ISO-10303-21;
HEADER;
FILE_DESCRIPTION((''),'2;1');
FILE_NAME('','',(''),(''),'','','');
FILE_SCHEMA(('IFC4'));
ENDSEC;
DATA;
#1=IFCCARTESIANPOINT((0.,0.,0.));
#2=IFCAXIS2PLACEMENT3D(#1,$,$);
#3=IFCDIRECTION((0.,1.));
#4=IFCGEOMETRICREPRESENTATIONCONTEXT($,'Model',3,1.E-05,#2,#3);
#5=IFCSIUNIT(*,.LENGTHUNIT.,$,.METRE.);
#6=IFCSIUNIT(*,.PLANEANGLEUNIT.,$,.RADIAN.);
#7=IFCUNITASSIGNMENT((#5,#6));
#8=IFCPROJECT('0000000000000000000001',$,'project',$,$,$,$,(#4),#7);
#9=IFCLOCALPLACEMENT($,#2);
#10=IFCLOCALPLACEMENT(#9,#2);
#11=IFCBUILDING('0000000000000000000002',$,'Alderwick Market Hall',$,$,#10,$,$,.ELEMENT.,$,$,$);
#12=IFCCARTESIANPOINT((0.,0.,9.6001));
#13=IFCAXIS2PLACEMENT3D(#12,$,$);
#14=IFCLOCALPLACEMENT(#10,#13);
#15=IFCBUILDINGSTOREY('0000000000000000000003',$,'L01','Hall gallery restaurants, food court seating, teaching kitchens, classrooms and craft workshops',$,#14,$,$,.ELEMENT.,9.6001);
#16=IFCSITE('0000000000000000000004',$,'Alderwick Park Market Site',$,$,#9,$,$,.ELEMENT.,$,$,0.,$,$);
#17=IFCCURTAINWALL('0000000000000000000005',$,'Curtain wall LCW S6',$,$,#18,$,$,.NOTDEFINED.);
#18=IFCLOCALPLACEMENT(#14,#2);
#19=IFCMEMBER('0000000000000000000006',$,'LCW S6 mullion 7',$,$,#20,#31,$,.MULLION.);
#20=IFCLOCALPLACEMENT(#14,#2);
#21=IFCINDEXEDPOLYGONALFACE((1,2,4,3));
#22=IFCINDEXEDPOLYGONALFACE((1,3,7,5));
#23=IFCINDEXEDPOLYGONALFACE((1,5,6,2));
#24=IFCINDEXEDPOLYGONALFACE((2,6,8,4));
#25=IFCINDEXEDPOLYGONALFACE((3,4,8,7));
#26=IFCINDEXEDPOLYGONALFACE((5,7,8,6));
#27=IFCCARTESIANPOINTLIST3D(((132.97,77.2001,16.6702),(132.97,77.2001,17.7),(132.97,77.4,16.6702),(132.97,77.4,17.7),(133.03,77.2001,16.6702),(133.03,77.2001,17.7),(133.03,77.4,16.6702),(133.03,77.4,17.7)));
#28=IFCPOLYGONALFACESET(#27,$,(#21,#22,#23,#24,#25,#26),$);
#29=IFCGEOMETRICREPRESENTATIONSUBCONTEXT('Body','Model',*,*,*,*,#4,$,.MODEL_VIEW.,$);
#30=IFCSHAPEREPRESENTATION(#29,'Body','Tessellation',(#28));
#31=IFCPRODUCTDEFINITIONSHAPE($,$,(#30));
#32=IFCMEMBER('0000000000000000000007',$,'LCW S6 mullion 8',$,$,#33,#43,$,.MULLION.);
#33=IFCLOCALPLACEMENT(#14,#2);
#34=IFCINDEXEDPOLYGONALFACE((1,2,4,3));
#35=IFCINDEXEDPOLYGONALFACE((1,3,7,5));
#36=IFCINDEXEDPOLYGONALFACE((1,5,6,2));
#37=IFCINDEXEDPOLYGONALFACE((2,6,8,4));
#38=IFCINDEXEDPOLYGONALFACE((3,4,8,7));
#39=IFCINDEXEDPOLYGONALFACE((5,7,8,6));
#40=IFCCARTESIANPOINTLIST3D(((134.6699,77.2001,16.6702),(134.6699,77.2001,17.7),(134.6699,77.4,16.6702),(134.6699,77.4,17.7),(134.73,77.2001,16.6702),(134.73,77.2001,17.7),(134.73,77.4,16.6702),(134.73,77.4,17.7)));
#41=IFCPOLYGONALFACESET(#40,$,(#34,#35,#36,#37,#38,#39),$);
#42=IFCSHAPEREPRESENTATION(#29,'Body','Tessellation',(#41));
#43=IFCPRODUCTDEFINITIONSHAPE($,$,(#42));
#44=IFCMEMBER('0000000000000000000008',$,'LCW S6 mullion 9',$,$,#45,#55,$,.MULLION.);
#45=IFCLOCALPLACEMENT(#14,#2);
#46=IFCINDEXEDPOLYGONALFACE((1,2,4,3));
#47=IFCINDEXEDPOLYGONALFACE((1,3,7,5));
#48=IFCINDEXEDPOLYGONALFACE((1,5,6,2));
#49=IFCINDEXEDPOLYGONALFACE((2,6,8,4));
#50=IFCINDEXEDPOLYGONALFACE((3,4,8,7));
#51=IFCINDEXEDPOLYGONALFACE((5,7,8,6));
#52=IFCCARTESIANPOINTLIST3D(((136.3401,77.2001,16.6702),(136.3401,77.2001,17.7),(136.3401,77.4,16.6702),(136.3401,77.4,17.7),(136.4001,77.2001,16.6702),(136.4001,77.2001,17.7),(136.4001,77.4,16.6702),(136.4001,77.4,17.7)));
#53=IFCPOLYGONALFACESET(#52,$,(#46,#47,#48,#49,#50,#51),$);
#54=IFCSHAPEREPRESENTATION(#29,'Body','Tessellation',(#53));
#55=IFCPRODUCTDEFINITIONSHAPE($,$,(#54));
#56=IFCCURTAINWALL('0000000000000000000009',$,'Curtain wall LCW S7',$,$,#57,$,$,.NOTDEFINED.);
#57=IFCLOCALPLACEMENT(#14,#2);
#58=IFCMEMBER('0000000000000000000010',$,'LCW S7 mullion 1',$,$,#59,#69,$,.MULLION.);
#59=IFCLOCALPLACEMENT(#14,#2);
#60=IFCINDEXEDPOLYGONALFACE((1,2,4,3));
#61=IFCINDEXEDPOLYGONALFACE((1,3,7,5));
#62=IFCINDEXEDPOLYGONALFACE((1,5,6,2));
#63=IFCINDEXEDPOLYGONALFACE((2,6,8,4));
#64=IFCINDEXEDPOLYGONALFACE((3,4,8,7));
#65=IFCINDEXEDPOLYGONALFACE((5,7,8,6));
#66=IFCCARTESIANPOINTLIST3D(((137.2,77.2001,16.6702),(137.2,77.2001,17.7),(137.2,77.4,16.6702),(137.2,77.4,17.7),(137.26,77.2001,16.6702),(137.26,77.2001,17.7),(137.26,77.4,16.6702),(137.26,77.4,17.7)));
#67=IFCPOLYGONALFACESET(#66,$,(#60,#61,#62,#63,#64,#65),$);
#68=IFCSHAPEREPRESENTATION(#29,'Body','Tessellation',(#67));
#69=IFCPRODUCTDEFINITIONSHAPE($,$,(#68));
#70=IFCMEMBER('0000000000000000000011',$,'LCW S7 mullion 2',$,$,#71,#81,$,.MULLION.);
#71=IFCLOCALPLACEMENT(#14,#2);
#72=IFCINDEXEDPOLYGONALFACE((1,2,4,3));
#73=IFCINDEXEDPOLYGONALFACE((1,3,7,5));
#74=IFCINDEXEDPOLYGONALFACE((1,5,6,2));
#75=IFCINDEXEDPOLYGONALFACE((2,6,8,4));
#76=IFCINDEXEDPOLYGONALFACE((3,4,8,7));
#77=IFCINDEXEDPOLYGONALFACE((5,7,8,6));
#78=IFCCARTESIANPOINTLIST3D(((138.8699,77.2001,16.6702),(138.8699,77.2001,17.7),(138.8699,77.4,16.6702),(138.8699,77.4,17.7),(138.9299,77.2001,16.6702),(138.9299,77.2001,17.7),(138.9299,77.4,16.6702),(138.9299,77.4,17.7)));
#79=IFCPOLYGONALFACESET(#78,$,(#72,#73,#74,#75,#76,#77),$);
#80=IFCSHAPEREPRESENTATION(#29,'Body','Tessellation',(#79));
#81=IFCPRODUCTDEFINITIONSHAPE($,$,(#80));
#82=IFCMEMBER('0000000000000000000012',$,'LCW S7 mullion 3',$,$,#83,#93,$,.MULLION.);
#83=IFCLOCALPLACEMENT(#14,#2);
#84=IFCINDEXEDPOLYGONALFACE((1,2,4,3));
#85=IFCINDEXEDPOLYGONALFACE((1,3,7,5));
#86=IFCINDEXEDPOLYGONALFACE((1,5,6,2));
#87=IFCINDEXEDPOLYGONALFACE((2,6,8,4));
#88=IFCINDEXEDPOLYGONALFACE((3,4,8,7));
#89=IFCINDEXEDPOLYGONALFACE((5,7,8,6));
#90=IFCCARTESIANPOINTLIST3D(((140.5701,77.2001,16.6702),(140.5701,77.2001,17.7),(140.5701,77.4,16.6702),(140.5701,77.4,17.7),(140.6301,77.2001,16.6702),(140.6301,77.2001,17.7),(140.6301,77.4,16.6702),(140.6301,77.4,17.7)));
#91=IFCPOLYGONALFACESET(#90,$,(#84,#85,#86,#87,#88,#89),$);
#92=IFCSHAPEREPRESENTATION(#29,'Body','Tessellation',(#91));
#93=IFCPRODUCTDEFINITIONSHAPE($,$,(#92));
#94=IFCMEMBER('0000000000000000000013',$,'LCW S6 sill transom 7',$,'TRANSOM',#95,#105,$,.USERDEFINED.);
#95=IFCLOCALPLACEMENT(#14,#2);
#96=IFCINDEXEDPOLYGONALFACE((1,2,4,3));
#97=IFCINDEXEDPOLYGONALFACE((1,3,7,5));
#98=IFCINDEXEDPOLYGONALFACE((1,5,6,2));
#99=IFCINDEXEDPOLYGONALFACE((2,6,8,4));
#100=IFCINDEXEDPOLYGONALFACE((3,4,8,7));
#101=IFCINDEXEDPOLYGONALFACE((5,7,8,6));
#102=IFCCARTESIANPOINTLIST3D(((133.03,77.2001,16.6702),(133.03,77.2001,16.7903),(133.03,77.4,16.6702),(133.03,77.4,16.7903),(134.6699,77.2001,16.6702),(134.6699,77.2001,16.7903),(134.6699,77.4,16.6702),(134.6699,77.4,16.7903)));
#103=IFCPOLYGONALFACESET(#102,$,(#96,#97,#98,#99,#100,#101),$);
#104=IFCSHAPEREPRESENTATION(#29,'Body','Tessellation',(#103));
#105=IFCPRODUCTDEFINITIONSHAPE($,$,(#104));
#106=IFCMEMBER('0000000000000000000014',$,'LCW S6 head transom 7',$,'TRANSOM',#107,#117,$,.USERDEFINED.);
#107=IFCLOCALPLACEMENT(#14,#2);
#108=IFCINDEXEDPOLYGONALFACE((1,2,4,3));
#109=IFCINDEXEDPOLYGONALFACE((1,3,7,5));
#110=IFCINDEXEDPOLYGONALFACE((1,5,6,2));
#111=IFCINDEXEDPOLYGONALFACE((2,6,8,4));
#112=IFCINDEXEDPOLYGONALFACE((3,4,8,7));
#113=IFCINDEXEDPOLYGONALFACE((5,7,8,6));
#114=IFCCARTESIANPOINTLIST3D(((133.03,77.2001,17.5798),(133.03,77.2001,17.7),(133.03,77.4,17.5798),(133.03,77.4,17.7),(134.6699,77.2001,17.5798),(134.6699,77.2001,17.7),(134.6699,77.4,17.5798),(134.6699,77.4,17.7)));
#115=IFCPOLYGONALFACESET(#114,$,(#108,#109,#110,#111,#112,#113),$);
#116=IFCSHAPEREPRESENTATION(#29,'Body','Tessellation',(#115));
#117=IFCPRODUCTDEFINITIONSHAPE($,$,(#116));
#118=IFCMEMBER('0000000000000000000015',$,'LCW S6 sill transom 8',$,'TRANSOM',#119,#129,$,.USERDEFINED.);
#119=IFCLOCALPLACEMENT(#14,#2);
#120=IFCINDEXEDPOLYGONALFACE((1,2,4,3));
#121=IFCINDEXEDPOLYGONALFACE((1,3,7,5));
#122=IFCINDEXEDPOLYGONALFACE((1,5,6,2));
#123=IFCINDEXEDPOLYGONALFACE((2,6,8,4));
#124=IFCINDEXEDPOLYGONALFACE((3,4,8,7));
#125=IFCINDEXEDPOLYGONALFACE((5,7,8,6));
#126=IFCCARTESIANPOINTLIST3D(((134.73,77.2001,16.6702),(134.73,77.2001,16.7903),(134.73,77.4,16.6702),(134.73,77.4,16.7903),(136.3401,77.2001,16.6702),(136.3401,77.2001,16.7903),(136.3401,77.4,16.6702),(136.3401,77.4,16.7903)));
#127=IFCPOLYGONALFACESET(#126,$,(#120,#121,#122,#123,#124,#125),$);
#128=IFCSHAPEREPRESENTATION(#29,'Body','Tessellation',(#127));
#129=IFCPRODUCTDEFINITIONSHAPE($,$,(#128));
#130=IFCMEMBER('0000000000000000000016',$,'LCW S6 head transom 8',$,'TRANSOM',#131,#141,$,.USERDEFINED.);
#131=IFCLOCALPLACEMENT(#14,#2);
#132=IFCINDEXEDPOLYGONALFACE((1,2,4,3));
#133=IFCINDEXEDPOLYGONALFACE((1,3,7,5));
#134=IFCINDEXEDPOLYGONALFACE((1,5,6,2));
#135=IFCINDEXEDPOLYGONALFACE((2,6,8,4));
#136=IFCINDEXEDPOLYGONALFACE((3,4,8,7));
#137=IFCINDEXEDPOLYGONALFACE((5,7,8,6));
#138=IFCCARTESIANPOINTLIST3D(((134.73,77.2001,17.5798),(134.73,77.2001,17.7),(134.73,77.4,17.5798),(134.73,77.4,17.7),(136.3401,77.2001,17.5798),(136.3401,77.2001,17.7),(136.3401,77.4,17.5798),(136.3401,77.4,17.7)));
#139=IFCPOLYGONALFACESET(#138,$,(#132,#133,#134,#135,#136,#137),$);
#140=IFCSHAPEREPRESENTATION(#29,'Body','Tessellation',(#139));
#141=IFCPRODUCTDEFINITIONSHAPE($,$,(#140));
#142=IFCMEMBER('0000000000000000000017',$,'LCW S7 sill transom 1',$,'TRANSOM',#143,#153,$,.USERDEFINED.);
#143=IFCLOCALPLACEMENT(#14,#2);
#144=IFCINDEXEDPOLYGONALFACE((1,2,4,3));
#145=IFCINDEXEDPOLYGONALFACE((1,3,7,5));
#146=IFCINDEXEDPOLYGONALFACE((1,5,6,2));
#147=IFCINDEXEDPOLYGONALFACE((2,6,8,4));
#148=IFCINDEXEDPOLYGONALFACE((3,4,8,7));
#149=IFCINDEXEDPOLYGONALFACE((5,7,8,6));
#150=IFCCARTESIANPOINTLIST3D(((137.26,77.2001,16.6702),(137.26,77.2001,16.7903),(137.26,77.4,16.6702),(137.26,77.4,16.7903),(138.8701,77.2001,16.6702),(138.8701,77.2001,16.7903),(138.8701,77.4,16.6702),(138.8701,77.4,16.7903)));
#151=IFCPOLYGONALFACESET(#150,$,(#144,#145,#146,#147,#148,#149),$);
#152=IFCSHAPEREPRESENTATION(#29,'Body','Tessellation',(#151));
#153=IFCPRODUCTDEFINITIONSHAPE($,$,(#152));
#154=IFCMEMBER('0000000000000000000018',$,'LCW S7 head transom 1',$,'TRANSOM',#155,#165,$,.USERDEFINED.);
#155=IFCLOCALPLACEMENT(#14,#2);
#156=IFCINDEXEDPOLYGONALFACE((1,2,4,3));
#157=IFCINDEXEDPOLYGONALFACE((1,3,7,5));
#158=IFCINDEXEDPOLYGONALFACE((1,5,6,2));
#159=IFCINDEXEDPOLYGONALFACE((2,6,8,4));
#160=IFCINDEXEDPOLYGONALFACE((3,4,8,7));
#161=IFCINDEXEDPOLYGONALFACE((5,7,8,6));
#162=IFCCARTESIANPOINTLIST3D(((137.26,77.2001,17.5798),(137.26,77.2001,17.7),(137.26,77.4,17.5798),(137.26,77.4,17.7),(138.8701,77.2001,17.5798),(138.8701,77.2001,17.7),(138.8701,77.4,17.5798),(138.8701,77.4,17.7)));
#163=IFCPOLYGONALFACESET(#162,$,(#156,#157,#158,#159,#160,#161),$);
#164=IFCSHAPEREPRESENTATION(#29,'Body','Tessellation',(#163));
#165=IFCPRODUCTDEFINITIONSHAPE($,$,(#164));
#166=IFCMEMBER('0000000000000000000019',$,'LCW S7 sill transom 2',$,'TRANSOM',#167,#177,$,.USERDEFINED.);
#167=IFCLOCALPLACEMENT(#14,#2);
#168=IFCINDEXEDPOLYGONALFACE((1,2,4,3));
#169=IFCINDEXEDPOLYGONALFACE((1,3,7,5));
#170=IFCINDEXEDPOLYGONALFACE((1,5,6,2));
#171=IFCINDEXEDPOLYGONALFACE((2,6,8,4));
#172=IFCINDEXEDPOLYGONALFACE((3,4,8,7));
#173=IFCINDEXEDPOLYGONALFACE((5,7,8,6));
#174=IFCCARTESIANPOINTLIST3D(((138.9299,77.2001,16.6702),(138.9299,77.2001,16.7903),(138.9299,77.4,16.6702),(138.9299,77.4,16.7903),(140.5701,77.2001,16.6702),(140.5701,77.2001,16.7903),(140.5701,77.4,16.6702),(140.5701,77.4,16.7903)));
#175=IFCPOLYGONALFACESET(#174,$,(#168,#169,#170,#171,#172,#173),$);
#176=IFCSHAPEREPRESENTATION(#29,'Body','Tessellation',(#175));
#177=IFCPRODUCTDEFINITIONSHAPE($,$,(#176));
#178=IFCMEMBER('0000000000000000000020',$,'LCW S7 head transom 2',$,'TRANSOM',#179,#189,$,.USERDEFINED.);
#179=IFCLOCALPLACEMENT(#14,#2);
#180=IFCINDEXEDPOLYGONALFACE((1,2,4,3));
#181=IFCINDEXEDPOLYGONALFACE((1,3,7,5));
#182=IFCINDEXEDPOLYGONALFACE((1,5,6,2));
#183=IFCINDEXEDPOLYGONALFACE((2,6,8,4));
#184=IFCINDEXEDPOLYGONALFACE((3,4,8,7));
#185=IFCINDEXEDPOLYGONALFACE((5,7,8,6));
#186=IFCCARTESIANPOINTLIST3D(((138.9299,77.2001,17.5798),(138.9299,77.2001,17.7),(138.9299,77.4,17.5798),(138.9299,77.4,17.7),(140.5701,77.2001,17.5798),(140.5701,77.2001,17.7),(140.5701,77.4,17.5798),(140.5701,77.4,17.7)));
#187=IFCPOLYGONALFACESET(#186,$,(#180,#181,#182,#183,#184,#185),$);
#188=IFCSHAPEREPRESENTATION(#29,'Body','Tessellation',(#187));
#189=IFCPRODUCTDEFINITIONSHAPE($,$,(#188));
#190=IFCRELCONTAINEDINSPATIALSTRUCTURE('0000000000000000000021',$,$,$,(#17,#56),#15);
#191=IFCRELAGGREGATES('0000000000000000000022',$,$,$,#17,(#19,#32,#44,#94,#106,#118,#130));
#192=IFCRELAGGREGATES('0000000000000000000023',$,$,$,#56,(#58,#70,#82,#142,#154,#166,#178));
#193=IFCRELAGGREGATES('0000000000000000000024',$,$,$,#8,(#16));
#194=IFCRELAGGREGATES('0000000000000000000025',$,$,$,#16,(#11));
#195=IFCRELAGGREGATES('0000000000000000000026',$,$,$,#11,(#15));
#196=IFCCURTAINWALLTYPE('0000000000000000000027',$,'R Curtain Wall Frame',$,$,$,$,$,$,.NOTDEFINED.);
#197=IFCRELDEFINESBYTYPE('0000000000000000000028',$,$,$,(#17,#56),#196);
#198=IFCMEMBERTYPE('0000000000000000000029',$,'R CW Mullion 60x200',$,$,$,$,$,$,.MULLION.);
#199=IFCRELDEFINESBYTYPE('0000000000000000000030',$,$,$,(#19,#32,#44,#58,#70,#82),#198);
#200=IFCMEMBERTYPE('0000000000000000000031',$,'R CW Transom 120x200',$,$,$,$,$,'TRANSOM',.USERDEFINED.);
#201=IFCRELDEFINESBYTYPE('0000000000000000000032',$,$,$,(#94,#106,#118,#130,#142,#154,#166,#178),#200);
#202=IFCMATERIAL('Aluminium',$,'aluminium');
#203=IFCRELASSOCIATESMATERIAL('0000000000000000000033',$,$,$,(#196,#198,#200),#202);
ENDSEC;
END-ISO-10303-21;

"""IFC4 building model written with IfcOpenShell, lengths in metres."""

from ifc_helpers import new_model, si_unit, direction, frame, origin, origin_2d, place, context, subcontext, project, spatial, rectangle, extrude, material, material_profile, profile_set, type_object, element, aggregate, save


model = new_model("IFC4")

# Units and contexts
model_context = context("Model", 3, precision=1e-05, world=origin(), true_north=direction((0.0, 1.0)))
body_context = subcontext(model_context, "Body", "Model", "MODEL_VIEW")
ifc_project = project(units=[si_unit("LENGTHUNIT", "METRE"), si_unit("PLANEANGLEUNIT", "RADIAN")], contexts=[model_context])

# Site, building, storey
site_placement = place(None, origin())
site = spatial("IfcSite", under=ifc_project, at=site_placement, Name="Alderwick Park Market Site", CompositionType="ELEMENT", RefElevation=0.0)
building_placement = place(site_placement, origin())
building = spatial("IfcBuilding", under=site, at=building_placement, Name="Alderwick Market Hall", CompositionType="ELEMENT")
storey_placement = place(building_placement, frame((0.0, 0.0, 9.6001)))
storey = spatial("IfcBuildingStorey", under=building, at=storey_placement, Name="L01", Description="Hall gallery restaurants, food court seating, teaching kitchens, classrooms and craft workshops", CompositionType="ELEMENT", Elevation=9.6001)

# Curtain walls, members
ifc_material_1 = material(Name="Aluminium", Category="aluminium")
curtain_wall_type = type_object("IfcCurtainWallType", Name="R Curtain Wall Frame", PredefinedType="NOTDEFINED", material=ifc_material_1)
curtain_wall_1_placement = place(storey_placement, origin())
curtain_wall_1 = element("IfcCurtainWall", 1, at=curtain_wall_1_placement, inside=storey, type_object=curtain_wall_type, Name="Curtain wall LCW S6", PredefinedType="NOTDEFINED")
ifc_material_profile_1 = material_profile(ifc_material_1, rectangle(XDim=0.2, YDim=0.0601, at=origin_2d()), Name="AL 60x200")
ifc_profile_set_1 = profile_set([ifc_material_profile_1], Name="Aluminium")
member_type_1 = type_object("IfcMemberType", Name="R CW Mullion 60x200", PredefinedType="MULLION", material=ifc_profile_set_1)
member_1_placement = place(storey_placement, frame((133.0, 77.3, 16.6702), z_axis=(0.0, 0.0, 1.0), x_axis=(0.0, 1.0, 0.0)))
member_1 = element("IfcMember", 2, at=member_1_placement, type_object=member_type_1, Name="LCW S6 mullion 7", PredefinedType="MULLION", context=body_context, shape_type="SweptSolid", body=[
    extrude(rectangle(XDim=0.2, YDim=0.0601, at=origin_2d()), origin(), (0.0, 0.0, 1.0), 1.0298),
])
member_2_placement = place(storey_placement, frame((134.7, 77.3, 16.6702), z_axis=(0.0, 0.0, 1.0), x_axis=(0.0, 1.0, 0.0)))
member_2 = element("IfcMember", 3, at=member_2_placement, type_object=member_type_1, Name="LCW S6 mullion 8", PredefinedType="MULLION", context=body_context, shape_type="SweptSolid", body=[
    extrude(rectangle(XDim=0.2, YDim=0.0601, at=origin_2d()), origin(), (0.0, 0.0, 1.0), 1.0298),
])
member_3_placement = place(storey_placement, frame((136.3701, 77.3, 16.6702), z_axis=(0.0, 0.0, 1.0), x_axis=(0.0, 1.0, 0.0)))
member_3 = element("IfcMember", 4, at=member_3_placement, type_object=member_type_1, Name="LCW S6 mullion 9", PredefinedType="MULLION", context=body_context, shape_type="SweptSolid", body=[
    extrude(rectangle(XDim=0.2, YDim=0.0601, at=origin_2d()), origin(), (0.0, 0.0, 1.0), 1.0298),
])
curtain_wall_2_placement = place(storey_placement, origin())
curtain_wall_2 = element("IfcCurtainWall", 5, at=curtain_wall_2_placement, inside=storey, type_object=curtain_wall_type, Name="Curtain wall LCW S7", PredefinedType="NOTDEFINED")
member_4_placement = place(storey_placement, frame((137.23, 77.3, 16.6702), z_axis=(0.0, 0.0, 1.0), x_axis=(0.0, 1.0, 0.0)))
member_4 = element("IfcMember", 6, at=member_4_placement, type_object=member_type_1, Name="LCW S7 mullion 1", PredefinedType="MULLION", context=body_context, shape_type="SweptSolid", body=[
    extrude(rectangle(XDim=0.2, YDim=0.0601, at=origin_2d()), origin(), (0.0, 0.0, 1.0), 1.0298),
])
member_5_placement = place(storey_placement, frame((138.8999, 77.3, 16.6702), z_axis=(0.0, 0.0, 1.0), x_axis=(0.0, 1.0, 0.0)))
member_5 = element("IfcMember", 7, at=member_5_placement, type_object=member_type_1, Name="LCW S7 mullion 2", PredefinedType="MULLION", context=body_context, shape_type="SweptSolid", body=[
    extrude(rectangle(XDim=0.2, YDim=0.0601, at=origin_2d()), origin(), (0.0, 0.0, 1.0), 1.0298),
])
member_6_placement = place(storey_placement, frame((140.6001, 77.3, 16.6702), z_axis=(0.0, 0.0, 1.0), x_axis=(0.0, 1.0, 0.0)))
member_6 = element("IfcMember", 8, at=member_6_placement, type_object=member_type_1, Name="LCW S7 mullion 3", PredefinedType="MULLION", context=body_context, shape_type="SweptSolid", body=[
    extrude(rectangle(XDim=0.2, YDim=0.0601, at=origin_2d()), origin(), (0.0, 0.0, 1.0), 1.0298),
])

# Members
ifc_material_profile_2 = material_profile(ifc_material_1, rectangle(XDim=0.2, YDim=0.1201, at=origin_2d()), Name="AL 120x200")
ifc_profile_set_2 = profile_set([ifc_material_profile_2], Name="Aluminium")
member_type_2 = type_object("IfcMemberType", Name="R CW Transom 120x200", ElementType="TRANSOM", PredefinedType="USERDEFINED", material=ifc_profile_set_2)
member_7_placement = place(storey_placement, frame((133.03, 77.3, 16.7302), z_axis=(1.0, 0.0, 0.0), x_axis=(0.0, 1.0, 0.0)))
member_7 = element("IfcMember", 9, at=member_7_placement, type_object=member_type_2, Name="LCW S6 sill transom 7", ObjectType="TRANSOM", PredefinedType="USERDEFINED", context=body_context, shape_type="SweptSolid", body=[
    extrude(rectangle(XDim=0.2, YDim=0.1201, at=origin_2d()), origin(), (0.0, 0.0, 1.0), 1.6399),
])
member_8_placement = place(storey_placement, frame((133.03, 77.3, 17.6399), z_axis=(1.0, 0.0, 0.0), x_axis=(0.0, 1.0, 0.0)))
member_8 = element("IfcMember", 10, at=member_8_placement, type_object=member_type_2, Name="LCW S6 head transom 7", ObjectType="TRANSOM", PredefinedType="USERDEFINED", context=body_context, shape_type="SweptSolid", body=[
    extrude(rectangle(XDim=0.2, YDim=0.1201, at=origin_2d()), origin(), (0.0, 0.0, 1.0), 1.6399),
])
member_9_placement = place(storey_placement, frame((134.73, 77.3, 16.7302), z_axis=(1.0, 0.0, 0.0), x_axis=(0.0, 1.0, 0.0)))
member_9 = element("IfcMember", 11, at=member_9_placement, type_object=member_type_2, Name="LCW S6 sill transom 8", ObjectType="TRANSOM", PredefinedType="USERDEFINED", context=body_context, shape_type="SweptSolid", body=[
    extrude(rectangle(XDim=0.2, YDim=0.1201, at=origin_2d()), origin(), (0.0, 0.0, 1.0), 1.6101),
])
member_10_placement = place(storey_placement, frame((134.73, 77.3, 17.6399), z_axis=(1.0, 0.0, 0.0), x_axis=(0.0, 1.0, 0.0)))
member_10 = element("IfcMember", 12, at=member_10_placement, type_object=member_type_2, Name="LCW S6 head transom 8", ObjectType="TRANSOM", PredefinedType="USERDEFINED", context=body_context, shape_type="SweptSolid", body=[
    extrude(rectangle(XDim=0.2, YDim=0.1201, at=origin_2d()), origin(), (0.0, 0.0, 1.0), 1.6101),
])
member_11_placement = place(storey_placement, frame((137.26, 77.3, 16.7302), z_axis=(1.0, 0.0, 0.0), x_axis=(0.0, 1.0, 0.0)))
member_11 = element("IfcMember", 13, at=member_11_placement, type_object=member_type_2, Name="LCW S7 sill transom 1", ObjectType="TRANSOM", PredefinedType="USERDEFINED", context=body_context, shape_type="SweptSolid", body=[
    extrude(rectangle(XDim=0.2, YDim=0.1201, at=origin_2d()), origin(), (0.0, 0.0, 1.0), 1.6101),
])
member_12_placement = place(storey_placement, frame((137.26, 77.3, 17.6399), z_axis=(1.0, 0.0, 0.0), x_axis=(0.0, 1.0, 0.0)))
member_12 = element("IfcMember", 14, at=member_12_placement, type_object=member_type_2, Name="LCW S7 head transom 1", ObjectType="TRANSOM", PredefinedType="USERDEFINED", context=body_context, shape_type="SweptSolid", body=[
    extrude(rectangle(XDim=0.2, YDim=0.1201, at=origin_2d()), origin(), (0.0, 0.0, 1.0), 1.6101),
])
member_13_placement = place(storey_placement, frame((138.9299, 77.3, 16.7302), z_axis=(1.0, 0.0, 0.0), x_axis=(0.0, 1.0, 0.0)))
member_13 = element("IfcMember", 15, at=member_13_placement, type_object=member_type_2, Name="LCW S7 sill transom 2", ObjectType="TRANSOM", PredefinedType="USERDEFINED", context=body_context, shape_type="SweptSolid", body=[
    extrude(rectangle(XDim=0.2, YDim=0.1201, at=origin_2d()), origin(), (0.0, 0.0, 1.0), 1.6401),
])
member_14_placement = place(storey_placement, frame((138.9299, 77.3, 17.6399), z_axis=(1.0, 0.0, 0.0), x_axis=(0.0, 1.0, 0.0)))
member_14 = element("IfcMember", 16, at=member_14_placement, type_object=member_type_2, Name="LCW S7 head transom 2", ObjectType="TRANSOM", PredefinedType="USERDEFINED", context=body_context, shape_type="SweptSolid", body=[
    extrude(rectangle(XDim=0.2, YDim=0.1201, at=origin_2d()), origin(), (0.0, 0.0, 1.0), 1.6401),
])

aggregate(curtain_wall_1, [member_1, member_2, member_3, member_7, member_8, member_9, member_10])
aggregate(curtain_wall_2, [member_4, member_5, member_6, member_11, member_12, member_13, member_14])

save(model, "model.ifc")
